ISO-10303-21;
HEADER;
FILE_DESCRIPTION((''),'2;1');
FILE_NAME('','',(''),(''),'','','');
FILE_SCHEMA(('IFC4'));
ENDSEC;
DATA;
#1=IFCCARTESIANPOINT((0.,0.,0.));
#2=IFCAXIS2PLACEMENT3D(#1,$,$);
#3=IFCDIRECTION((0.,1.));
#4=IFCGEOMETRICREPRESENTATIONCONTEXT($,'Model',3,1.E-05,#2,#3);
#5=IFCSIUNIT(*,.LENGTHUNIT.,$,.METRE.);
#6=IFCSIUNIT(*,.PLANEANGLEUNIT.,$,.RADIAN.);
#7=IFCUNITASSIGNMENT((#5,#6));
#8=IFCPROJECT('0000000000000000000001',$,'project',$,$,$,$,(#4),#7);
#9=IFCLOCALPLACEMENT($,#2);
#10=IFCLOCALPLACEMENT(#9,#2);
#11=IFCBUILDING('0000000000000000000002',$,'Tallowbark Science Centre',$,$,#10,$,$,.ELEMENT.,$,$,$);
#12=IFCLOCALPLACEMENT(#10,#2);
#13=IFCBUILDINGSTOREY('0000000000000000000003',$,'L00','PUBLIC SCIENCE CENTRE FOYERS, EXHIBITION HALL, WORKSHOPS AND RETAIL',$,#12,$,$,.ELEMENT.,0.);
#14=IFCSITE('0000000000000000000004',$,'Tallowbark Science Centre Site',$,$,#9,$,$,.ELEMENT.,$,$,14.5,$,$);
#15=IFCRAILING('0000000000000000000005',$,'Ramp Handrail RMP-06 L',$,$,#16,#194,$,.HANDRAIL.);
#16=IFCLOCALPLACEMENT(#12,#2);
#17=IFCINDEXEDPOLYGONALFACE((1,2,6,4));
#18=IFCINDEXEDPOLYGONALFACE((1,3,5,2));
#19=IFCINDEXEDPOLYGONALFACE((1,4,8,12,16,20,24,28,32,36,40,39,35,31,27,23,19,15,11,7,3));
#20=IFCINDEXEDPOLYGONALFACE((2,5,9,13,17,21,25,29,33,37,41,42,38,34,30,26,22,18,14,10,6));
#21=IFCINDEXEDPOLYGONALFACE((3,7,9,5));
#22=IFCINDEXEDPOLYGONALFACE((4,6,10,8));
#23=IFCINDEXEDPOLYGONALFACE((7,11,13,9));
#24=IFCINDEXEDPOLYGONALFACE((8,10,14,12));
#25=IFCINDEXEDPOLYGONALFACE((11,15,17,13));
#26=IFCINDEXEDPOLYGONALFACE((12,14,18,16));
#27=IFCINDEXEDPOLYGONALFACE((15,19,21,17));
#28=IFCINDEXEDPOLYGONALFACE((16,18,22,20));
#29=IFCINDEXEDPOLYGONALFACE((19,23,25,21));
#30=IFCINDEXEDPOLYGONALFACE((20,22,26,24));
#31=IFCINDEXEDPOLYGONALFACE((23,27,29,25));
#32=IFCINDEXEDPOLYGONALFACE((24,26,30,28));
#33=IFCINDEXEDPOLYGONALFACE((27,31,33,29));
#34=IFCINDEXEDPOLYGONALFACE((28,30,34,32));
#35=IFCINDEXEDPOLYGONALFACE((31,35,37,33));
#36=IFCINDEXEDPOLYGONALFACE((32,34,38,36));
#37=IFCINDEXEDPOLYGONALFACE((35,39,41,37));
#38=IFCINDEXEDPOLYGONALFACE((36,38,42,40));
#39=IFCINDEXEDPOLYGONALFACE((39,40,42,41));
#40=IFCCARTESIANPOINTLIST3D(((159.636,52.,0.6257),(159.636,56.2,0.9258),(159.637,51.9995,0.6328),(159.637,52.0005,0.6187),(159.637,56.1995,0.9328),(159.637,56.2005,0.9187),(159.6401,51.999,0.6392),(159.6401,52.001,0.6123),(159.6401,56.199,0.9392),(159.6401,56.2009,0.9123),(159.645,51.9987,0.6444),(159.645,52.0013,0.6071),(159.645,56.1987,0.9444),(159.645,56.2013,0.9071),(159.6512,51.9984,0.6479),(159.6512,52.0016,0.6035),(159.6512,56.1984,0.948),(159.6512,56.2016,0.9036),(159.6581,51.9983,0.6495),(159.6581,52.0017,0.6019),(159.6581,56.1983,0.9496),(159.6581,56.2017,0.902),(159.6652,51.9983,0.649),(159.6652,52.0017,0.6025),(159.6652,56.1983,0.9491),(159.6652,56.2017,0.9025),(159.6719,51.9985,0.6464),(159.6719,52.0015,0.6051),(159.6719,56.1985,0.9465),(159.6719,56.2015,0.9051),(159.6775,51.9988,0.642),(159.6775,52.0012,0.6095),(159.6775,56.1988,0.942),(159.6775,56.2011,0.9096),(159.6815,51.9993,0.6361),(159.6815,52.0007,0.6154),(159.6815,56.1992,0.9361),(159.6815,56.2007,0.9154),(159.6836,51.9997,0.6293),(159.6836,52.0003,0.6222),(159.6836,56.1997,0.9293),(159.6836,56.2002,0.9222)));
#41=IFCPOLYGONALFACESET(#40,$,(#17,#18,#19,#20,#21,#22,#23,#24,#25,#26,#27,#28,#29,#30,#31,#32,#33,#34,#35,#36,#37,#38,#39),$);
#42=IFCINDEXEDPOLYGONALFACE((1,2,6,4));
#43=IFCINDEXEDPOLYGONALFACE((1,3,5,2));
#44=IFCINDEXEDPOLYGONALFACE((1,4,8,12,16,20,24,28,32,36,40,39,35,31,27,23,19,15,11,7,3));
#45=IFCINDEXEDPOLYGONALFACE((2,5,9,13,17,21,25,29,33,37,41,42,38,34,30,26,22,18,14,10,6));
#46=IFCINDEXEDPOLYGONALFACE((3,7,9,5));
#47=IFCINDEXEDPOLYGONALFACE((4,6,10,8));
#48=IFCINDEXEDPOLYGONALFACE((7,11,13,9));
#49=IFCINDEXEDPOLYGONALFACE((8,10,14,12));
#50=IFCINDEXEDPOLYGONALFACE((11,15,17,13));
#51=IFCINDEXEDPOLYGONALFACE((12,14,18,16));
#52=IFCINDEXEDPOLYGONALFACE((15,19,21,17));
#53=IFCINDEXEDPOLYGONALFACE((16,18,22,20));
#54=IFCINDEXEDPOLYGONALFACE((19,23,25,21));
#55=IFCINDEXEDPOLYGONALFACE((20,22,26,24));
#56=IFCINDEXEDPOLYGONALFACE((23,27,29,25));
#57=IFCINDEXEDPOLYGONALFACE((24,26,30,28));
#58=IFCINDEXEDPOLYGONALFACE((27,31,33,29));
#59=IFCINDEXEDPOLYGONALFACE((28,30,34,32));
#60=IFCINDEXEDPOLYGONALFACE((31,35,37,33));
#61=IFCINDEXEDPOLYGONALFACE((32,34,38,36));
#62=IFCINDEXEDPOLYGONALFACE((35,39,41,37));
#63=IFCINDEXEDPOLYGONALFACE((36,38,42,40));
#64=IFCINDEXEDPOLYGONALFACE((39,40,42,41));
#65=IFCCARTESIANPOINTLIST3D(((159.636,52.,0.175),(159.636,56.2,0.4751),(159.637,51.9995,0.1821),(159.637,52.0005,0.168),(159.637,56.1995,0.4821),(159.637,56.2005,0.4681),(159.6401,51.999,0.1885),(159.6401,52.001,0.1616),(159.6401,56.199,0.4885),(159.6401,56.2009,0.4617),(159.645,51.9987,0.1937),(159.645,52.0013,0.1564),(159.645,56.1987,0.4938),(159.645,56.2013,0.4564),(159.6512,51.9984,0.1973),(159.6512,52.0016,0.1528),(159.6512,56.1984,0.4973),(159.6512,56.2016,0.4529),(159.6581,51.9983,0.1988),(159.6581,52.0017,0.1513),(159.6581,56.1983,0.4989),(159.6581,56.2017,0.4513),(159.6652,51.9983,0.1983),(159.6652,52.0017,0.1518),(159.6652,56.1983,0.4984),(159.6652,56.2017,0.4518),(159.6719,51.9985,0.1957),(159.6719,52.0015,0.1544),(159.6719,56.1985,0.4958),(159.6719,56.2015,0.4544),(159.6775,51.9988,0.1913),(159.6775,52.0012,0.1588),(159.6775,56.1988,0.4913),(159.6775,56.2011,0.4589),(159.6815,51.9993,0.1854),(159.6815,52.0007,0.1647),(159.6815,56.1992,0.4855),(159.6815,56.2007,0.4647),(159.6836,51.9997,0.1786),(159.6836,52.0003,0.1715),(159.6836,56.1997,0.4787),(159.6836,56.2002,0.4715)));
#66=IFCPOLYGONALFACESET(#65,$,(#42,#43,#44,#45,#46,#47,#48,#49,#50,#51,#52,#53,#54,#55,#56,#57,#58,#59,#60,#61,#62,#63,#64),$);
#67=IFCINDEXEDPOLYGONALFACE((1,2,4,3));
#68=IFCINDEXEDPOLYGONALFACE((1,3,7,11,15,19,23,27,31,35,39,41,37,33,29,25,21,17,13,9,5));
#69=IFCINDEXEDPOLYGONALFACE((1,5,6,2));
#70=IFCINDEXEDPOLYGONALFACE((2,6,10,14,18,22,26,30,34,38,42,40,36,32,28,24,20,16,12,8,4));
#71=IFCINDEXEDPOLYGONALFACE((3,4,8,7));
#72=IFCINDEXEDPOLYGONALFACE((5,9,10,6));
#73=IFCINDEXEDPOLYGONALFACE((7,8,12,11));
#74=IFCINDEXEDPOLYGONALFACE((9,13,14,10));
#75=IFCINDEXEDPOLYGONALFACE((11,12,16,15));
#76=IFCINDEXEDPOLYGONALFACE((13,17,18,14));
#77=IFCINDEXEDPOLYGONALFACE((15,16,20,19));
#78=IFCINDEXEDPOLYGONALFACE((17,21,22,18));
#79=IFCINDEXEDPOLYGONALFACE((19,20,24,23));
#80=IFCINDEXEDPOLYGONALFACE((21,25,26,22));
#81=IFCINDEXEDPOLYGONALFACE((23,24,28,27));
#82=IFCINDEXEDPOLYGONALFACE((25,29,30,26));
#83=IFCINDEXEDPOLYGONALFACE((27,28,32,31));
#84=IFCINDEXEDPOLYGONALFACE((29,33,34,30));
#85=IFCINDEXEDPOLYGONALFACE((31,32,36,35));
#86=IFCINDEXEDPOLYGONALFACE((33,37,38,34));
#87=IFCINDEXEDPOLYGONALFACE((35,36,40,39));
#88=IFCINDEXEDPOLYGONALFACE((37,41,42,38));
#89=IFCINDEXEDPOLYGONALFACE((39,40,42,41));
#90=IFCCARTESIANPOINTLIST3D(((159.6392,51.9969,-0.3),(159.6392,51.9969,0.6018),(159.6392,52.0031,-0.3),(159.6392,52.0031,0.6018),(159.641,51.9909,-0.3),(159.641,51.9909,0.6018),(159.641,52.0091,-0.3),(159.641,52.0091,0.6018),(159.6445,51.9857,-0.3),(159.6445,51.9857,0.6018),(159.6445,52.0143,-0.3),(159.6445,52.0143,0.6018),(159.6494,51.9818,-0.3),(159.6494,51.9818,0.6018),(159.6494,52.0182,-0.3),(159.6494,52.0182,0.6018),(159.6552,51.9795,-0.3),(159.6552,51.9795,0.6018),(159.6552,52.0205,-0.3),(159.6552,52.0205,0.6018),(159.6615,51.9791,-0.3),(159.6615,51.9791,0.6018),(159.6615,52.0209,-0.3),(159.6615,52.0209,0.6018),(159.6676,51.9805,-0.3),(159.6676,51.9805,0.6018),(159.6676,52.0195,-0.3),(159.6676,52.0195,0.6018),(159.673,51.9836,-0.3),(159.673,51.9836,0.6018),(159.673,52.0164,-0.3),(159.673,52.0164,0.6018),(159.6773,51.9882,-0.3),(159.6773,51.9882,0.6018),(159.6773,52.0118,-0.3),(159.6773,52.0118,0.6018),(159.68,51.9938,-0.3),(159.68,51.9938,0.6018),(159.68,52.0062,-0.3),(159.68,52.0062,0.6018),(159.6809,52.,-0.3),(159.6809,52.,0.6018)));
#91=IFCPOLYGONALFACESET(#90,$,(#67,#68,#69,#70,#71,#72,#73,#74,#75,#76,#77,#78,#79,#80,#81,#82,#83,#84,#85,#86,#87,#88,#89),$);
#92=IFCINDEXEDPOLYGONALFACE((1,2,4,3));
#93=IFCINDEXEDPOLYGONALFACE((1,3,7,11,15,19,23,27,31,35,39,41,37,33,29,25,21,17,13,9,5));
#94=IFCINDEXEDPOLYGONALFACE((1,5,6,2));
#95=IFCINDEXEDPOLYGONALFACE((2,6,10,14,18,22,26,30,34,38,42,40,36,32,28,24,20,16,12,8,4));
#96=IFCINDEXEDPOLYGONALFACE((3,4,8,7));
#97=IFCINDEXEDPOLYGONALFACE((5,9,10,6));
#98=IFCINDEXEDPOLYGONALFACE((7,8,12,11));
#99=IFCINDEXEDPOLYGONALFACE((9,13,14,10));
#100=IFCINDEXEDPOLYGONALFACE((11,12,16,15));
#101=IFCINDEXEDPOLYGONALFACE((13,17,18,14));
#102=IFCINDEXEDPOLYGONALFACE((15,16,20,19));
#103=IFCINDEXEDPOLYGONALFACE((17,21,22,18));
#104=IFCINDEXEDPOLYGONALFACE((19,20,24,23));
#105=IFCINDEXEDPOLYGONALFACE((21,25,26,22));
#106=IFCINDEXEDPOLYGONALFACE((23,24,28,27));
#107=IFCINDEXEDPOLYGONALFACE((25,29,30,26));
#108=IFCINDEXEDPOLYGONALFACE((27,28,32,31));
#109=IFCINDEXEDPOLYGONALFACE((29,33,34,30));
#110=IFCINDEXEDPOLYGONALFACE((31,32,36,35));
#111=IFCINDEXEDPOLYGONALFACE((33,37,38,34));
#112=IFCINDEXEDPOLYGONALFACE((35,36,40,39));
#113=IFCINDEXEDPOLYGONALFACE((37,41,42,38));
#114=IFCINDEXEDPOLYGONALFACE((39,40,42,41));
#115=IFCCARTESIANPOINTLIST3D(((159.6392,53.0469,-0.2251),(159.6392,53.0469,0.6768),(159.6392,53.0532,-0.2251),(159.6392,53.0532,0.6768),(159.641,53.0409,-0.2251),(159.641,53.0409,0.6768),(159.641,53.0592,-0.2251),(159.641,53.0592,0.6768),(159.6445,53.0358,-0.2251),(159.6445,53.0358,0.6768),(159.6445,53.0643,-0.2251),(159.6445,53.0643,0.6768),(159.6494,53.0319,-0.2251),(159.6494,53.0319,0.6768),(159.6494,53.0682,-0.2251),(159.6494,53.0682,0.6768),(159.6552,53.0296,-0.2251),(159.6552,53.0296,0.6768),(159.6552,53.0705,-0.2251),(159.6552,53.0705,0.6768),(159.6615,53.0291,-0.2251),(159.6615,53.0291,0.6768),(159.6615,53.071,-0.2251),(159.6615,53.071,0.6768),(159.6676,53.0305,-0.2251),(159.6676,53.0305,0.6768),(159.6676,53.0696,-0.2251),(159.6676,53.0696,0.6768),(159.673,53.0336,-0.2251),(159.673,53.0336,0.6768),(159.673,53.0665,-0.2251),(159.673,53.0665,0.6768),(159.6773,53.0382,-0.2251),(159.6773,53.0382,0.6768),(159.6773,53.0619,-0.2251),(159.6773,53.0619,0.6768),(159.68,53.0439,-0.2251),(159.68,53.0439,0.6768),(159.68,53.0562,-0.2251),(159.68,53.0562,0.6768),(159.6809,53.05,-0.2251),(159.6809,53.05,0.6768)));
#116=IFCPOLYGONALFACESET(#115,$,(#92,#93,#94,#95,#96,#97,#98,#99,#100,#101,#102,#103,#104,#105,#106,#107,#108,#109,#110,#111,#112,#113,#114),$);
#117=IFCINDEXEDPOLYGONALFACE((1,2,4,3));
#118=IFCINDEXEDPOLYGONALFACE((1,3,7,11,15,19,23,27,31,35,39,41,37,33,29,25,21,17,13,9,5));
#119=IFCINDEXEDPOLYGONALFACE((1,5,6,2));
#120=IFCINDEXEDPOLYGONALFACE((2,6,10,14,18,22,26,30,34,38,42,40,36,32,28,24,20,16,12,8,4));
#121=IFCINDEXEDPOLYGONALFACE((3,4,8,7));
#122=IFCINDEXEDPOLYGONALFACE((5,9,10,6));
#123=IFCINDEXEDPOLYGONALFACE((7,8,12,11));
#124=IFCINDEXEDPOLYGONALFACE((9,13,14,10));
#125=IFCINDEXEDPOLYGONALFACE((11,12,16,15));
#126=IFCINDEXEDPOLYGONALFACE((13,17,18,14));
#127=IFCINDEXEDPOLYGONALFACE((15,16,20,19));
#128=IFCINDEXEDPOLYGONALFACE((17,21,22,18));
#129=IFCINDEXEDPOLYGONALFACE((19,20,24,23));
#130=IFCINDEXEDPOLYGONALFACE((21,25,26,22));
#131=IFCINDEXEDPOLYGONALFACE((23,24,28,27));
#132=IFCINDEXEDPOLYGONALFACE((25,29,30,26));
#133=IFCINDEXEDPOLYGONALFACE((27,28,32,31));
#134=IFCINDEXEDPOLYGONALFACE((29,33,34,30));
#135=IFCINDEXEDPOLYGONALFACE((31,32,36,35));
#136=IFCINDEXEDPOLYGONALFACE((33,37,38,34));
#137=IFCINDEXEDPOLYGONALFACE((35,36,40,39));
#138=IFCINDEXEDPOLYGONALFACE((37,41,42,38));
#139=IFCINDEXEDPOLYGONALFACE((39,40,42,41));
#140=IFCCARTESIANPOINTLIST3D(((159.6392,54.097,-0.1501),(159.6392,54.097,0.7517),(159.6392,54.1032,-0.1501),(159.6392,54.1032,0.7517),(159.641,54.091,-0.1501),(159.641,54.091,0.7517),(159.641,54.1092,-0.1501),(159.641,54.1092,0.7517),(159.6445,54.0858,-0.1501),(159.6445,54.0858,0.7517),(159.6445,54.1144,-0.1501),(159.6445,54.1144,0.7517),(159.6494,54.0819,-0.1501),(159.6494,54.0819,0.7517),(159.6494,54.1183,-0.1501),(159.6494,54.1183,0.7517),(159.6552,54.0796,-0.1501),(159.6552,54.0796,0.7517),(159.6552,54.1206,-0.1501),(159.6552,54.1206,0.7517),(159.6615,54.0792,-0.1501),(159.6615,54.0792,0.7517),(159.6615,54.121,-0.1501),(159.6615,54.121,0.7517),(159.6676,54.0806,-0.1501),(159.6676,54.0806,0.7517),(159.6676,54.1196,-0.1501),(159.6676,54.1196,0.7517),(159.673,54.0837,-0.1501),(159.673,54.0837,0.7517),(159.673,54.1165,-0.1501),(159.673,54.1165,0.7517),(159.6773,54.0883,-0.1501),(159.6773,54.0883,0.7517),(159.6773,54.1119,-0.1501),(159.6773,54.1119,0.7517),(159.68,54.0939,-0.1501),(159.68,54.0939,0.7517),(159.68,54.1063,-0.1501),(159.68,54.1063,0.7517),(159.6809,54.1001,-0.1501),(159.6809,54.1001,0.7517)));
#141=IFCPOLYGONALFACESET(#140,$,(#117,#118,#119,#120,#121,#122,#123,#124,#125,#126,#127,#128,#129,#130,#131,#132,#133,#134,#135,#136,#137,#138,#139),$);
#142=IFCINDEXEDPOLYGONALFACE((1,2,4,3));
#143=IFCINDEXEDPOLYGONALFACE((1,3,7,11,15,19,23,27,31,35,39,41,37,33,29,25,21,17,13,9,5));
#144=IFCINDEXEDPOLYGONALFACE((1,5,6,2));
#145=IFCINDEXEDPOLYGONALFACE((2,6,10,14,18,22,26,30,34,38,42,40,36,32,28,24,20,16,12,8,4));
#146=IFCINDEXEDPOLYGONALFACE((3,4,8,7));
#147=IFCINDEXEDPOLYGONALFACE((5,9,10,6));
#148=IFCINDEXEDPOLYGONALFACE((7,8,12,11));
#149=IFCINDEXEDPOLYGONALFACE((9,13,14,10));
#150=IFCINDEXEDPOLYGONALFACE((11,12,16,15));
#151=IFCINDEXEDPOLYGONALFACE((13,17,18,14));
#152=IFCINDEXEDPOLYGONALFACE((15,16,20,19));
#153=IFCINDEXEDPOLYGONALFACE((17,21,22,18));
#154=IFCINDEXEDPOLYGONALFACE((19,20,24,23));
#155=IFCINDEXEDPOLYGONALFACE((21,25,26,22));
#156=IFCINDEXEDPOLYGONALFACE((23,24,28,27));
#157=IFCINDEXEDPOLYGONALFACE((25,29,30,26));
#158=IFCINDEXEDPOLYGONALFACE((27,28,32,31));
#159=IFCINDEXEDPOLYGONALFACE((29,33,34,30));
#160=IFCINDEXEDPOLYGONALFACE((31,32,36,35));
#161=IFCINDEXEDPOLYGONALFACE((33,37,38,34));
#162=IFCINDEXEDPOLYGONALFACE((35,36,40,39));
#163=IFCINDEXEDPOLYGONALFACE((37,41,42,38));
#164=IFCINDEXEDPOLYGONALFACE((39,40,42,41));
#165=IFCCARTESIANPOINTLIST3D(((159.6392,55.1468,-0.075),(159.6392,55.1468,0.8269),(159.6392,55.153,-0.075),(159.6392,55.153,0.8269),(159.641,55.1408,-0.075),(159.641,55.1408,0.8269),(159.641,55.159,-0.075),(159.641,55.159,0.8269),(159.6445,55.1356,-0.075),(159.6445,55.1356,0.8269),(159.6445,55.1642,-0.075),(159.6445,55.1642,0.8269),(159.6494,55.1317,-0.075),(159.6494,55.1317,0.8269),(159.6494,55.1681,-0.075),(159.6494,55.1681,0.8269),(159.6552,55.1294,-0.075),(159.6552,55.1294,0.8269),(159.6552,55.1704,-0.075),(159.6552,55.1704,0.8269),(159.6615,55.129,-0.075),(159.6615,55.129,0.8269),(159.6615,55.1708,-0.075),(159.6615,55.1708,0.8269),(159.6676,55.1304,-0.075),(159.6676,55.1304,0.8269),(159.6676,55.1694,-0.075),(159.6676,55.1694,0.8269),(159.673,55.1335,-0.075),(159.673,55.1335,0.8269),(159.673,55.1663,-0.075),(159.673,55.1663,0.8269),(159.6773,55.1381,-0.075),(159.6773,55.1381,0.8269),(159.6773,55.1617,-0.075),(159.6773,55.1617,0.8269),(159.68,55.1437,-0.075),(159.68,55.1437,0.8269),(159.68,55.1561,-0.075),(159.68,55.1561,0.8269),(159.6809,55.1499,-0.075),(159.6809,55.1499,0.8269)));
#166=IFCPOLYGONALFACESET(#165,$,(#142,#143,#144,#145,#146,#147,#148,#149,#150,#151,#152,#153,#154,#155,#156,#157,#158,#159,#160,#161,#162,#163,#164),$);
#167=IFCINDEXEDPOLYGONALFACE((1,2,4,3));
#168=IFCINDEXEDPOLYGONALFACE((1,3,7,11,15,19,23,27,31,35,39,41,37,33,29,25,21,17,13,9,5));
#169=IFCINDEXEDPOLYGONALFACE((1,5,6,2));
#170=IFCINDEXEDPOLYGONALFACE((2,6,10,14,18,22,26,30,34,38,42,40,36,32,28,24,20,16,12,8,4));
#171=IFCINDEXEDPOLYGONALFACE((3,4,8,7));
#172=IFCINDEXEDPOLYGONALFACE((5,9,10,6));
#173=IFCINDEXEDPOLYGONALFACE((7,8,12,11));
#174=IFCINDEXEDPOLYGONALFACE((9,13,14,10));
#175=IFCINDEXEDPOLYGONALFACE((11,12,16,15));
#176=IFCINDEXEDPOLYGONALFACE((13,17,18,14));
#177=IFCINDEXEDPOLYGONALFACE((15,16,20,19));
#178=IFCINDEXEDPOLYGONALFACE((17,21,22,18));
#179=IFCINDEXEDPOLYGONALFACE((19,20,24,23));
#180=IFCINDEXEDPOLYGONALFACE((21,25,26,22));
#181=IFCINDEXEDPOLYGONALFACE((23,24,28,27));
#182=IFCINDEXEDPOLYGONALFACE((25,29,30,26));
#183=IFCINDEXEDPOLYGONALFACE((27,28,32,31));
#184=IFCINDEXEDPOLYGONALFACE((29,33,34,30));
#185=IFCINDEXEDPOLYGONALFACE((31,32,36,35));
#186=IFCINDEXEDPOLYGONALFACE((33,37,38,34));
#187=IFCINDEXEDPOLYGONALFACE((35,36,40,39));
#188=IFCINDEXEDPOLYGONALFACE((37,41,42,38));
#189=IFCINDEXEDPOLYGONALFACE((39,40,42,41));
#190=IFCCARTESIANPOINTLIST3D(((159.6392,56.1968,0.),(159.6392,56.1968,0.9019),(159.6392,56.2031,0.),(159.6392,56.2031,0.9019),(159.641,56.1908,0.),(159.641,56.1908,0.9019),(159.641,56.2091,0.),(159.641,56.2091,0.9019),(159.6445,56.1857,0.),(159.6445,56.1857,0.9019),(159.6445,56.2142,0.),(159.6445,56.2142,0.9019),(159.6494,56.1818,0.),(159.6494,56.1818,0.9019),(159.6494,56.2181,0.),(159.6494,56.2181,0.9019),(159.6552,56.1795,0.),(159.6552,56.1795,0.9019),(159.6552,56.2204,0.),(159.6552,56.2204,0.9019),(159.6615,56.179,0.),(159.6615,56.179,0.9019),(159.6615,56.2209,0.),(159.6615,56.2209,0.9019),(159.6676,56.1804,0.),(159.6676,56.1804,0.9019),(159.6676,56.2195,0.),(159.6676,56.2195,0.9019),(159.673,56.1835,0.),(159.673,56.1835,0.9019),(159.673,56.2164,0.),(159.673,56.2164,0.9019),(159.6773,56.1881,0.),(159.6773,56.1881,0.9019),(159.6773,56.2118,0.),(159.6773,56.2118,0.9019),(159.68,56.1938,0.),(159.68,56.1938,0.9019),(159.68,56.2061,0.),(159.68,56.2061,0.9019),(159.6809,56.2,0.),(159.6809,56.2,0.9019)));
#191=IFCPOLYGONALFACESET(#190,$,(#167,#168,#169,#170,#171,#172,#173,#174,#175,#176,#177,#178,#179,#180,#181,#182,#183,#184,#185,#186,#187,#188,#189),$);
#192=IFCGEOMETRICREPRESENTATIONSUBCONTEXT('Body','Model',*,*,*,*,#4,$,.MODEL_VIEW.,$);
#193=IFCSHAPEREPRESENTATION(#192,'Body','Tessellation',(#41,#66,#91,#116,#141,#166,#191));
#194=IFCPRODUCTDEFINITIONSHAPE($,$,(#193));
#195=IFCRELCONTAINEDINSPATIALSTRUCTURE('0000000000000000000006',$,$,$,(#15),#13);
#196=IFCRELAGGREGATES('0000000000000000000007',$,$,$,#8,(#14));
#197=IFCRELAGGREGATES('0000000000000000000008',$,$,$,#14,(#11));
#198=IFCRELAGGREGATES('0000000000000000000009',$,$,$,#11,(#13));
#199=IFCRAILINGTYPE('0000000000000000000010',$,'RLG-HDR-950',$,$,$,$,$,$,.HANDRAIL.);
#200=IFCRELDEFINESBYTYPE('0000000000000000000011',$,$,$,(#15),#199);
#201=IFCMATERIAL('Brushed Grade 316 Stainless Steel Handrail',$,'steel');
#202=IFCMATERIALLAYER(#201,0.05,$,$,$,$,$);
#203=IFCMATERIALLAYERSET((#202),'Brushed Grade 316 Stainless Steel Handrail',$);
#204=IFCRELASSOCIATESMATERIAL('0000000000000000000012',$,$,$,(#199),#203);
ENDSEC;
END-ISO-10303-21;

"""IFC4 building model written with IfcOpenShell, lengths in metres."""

from ifc_helpers import new_model, si_unit, direction, frame, origin, origin_2d, place, context, subcontext, project, spatial, circle, extrude, material, layer, layer_set, type_object, element, save


model = new_model("IFC4")

# Units and contexts
model_context = context("Model", 3, precision=1e-05, world=origin(), true_north=direction((0.0, 1.0)))
body_context = subcontext(model_context, "Body", "Model", "MODEL_VIEW")
ifc_project = project(units=[si_unit("LENGTHUNIT", "METRE"), si_unit("PLANEANGLEUNIT", "RADIAN")], contexts=[model_context])

# Site, building, storey
site_placement = place(None, origin())
site = spatial("IfcSite", under=ifc_project, at=site_placement, Name="Tallowbark Science Centre Site", CompositionType="ELEMENT", RefElevation=14.5)
building_placement = place(site_placement, origin())
building = spatial("IfcBuilding", under=site, at=building_placement, Name="Tallowbark Science Centre", CompositionType="ELEMENT")
storey_placement = place(building_placement, origin())
storey = spatial("IfcBuildingStorey", under=building, at=storey_placement, Name="L00", Description="PUBLIC SCIENCE CENTRE FOYERS, EXHIBITION HALL, WORKSHOPS AND RETAIL", CompositionType="ELEMENT", Elevation=0.0)

# Railing
ifc_material_1 = material(Name="Brushed Grade 316 Stainless Steel Handrail", Category="steel")
ifc_layer_1 = layer(ifc_material_1, 0.05)
ifc_layer_set_1 = layer_set([ifc_layer_1], Name="Brushed Grade 316 Stainless Steel Handrail")
railing_type = type_object("IfcRailingType", Name="RLG-HDR-950", PredefinedType="HANDRAIL", material=ifc_layer_set_1)
for number, where, name in (
    (1, (159.6599, 52.0, -0.3), "Ramp Handrail RMP-06 L"),
):
    element("IfcRailing", number, at=place(storey_placement, frame(where)), inside=storey, type_object=railing_type, Name=name, PredefinedType="HANDRAIL", context=body_context, shape_type="SweptSolid", body=[
        extrude(circle(Radius=0.0239, at=origin_2d()), frame((0.0, 0.0, 0.9258), z_axis=(0.0, 0.997458, 0.071259), x_axis=(-1.0, 0.0, 0.0)), (0.0, 0.0, 1.0), 4.2107),
        extrude(circle(Radius=0.0239, at=origin_2d()), frame((0.0, 0.0, 0.4751), z_axis=(0.0, 0.997458, 0.071259), x_axis=(-1.0, 0.0, 0.0)), (0.0, 0.0, 1.0), 4.2107),
        extrude(circle(Radius=0.021, at=origin_2d()), origin(), (0.0, 0.0, 1.0), 0.9019),
        extrude(circle(Radius=0.021, at=origin_2d()), frame((0.0, 1.05, 0.075)), (0.0, 0.0, 1.0), 0.9019),
        extrude(circle(Radius=0.021, at=origin_2d()), frame((0.0, 2.1001, 0.1499)), (0.0, 0.0, 1.0), 0.9019),
        extrude(circle(Radius=0.021, at=origin_2d()), frame((0.0, 3.1499, 0.2251)), (0.0, 0.0, 1.0), 0.9019),
        extrude(circle(Radius=0.021, at=origin_2d()), frame((0.0, 4.2, 0.3)), (0.0, 0.0, 1.0), 0.9019),
    ])

save(model, "model.ifc")
